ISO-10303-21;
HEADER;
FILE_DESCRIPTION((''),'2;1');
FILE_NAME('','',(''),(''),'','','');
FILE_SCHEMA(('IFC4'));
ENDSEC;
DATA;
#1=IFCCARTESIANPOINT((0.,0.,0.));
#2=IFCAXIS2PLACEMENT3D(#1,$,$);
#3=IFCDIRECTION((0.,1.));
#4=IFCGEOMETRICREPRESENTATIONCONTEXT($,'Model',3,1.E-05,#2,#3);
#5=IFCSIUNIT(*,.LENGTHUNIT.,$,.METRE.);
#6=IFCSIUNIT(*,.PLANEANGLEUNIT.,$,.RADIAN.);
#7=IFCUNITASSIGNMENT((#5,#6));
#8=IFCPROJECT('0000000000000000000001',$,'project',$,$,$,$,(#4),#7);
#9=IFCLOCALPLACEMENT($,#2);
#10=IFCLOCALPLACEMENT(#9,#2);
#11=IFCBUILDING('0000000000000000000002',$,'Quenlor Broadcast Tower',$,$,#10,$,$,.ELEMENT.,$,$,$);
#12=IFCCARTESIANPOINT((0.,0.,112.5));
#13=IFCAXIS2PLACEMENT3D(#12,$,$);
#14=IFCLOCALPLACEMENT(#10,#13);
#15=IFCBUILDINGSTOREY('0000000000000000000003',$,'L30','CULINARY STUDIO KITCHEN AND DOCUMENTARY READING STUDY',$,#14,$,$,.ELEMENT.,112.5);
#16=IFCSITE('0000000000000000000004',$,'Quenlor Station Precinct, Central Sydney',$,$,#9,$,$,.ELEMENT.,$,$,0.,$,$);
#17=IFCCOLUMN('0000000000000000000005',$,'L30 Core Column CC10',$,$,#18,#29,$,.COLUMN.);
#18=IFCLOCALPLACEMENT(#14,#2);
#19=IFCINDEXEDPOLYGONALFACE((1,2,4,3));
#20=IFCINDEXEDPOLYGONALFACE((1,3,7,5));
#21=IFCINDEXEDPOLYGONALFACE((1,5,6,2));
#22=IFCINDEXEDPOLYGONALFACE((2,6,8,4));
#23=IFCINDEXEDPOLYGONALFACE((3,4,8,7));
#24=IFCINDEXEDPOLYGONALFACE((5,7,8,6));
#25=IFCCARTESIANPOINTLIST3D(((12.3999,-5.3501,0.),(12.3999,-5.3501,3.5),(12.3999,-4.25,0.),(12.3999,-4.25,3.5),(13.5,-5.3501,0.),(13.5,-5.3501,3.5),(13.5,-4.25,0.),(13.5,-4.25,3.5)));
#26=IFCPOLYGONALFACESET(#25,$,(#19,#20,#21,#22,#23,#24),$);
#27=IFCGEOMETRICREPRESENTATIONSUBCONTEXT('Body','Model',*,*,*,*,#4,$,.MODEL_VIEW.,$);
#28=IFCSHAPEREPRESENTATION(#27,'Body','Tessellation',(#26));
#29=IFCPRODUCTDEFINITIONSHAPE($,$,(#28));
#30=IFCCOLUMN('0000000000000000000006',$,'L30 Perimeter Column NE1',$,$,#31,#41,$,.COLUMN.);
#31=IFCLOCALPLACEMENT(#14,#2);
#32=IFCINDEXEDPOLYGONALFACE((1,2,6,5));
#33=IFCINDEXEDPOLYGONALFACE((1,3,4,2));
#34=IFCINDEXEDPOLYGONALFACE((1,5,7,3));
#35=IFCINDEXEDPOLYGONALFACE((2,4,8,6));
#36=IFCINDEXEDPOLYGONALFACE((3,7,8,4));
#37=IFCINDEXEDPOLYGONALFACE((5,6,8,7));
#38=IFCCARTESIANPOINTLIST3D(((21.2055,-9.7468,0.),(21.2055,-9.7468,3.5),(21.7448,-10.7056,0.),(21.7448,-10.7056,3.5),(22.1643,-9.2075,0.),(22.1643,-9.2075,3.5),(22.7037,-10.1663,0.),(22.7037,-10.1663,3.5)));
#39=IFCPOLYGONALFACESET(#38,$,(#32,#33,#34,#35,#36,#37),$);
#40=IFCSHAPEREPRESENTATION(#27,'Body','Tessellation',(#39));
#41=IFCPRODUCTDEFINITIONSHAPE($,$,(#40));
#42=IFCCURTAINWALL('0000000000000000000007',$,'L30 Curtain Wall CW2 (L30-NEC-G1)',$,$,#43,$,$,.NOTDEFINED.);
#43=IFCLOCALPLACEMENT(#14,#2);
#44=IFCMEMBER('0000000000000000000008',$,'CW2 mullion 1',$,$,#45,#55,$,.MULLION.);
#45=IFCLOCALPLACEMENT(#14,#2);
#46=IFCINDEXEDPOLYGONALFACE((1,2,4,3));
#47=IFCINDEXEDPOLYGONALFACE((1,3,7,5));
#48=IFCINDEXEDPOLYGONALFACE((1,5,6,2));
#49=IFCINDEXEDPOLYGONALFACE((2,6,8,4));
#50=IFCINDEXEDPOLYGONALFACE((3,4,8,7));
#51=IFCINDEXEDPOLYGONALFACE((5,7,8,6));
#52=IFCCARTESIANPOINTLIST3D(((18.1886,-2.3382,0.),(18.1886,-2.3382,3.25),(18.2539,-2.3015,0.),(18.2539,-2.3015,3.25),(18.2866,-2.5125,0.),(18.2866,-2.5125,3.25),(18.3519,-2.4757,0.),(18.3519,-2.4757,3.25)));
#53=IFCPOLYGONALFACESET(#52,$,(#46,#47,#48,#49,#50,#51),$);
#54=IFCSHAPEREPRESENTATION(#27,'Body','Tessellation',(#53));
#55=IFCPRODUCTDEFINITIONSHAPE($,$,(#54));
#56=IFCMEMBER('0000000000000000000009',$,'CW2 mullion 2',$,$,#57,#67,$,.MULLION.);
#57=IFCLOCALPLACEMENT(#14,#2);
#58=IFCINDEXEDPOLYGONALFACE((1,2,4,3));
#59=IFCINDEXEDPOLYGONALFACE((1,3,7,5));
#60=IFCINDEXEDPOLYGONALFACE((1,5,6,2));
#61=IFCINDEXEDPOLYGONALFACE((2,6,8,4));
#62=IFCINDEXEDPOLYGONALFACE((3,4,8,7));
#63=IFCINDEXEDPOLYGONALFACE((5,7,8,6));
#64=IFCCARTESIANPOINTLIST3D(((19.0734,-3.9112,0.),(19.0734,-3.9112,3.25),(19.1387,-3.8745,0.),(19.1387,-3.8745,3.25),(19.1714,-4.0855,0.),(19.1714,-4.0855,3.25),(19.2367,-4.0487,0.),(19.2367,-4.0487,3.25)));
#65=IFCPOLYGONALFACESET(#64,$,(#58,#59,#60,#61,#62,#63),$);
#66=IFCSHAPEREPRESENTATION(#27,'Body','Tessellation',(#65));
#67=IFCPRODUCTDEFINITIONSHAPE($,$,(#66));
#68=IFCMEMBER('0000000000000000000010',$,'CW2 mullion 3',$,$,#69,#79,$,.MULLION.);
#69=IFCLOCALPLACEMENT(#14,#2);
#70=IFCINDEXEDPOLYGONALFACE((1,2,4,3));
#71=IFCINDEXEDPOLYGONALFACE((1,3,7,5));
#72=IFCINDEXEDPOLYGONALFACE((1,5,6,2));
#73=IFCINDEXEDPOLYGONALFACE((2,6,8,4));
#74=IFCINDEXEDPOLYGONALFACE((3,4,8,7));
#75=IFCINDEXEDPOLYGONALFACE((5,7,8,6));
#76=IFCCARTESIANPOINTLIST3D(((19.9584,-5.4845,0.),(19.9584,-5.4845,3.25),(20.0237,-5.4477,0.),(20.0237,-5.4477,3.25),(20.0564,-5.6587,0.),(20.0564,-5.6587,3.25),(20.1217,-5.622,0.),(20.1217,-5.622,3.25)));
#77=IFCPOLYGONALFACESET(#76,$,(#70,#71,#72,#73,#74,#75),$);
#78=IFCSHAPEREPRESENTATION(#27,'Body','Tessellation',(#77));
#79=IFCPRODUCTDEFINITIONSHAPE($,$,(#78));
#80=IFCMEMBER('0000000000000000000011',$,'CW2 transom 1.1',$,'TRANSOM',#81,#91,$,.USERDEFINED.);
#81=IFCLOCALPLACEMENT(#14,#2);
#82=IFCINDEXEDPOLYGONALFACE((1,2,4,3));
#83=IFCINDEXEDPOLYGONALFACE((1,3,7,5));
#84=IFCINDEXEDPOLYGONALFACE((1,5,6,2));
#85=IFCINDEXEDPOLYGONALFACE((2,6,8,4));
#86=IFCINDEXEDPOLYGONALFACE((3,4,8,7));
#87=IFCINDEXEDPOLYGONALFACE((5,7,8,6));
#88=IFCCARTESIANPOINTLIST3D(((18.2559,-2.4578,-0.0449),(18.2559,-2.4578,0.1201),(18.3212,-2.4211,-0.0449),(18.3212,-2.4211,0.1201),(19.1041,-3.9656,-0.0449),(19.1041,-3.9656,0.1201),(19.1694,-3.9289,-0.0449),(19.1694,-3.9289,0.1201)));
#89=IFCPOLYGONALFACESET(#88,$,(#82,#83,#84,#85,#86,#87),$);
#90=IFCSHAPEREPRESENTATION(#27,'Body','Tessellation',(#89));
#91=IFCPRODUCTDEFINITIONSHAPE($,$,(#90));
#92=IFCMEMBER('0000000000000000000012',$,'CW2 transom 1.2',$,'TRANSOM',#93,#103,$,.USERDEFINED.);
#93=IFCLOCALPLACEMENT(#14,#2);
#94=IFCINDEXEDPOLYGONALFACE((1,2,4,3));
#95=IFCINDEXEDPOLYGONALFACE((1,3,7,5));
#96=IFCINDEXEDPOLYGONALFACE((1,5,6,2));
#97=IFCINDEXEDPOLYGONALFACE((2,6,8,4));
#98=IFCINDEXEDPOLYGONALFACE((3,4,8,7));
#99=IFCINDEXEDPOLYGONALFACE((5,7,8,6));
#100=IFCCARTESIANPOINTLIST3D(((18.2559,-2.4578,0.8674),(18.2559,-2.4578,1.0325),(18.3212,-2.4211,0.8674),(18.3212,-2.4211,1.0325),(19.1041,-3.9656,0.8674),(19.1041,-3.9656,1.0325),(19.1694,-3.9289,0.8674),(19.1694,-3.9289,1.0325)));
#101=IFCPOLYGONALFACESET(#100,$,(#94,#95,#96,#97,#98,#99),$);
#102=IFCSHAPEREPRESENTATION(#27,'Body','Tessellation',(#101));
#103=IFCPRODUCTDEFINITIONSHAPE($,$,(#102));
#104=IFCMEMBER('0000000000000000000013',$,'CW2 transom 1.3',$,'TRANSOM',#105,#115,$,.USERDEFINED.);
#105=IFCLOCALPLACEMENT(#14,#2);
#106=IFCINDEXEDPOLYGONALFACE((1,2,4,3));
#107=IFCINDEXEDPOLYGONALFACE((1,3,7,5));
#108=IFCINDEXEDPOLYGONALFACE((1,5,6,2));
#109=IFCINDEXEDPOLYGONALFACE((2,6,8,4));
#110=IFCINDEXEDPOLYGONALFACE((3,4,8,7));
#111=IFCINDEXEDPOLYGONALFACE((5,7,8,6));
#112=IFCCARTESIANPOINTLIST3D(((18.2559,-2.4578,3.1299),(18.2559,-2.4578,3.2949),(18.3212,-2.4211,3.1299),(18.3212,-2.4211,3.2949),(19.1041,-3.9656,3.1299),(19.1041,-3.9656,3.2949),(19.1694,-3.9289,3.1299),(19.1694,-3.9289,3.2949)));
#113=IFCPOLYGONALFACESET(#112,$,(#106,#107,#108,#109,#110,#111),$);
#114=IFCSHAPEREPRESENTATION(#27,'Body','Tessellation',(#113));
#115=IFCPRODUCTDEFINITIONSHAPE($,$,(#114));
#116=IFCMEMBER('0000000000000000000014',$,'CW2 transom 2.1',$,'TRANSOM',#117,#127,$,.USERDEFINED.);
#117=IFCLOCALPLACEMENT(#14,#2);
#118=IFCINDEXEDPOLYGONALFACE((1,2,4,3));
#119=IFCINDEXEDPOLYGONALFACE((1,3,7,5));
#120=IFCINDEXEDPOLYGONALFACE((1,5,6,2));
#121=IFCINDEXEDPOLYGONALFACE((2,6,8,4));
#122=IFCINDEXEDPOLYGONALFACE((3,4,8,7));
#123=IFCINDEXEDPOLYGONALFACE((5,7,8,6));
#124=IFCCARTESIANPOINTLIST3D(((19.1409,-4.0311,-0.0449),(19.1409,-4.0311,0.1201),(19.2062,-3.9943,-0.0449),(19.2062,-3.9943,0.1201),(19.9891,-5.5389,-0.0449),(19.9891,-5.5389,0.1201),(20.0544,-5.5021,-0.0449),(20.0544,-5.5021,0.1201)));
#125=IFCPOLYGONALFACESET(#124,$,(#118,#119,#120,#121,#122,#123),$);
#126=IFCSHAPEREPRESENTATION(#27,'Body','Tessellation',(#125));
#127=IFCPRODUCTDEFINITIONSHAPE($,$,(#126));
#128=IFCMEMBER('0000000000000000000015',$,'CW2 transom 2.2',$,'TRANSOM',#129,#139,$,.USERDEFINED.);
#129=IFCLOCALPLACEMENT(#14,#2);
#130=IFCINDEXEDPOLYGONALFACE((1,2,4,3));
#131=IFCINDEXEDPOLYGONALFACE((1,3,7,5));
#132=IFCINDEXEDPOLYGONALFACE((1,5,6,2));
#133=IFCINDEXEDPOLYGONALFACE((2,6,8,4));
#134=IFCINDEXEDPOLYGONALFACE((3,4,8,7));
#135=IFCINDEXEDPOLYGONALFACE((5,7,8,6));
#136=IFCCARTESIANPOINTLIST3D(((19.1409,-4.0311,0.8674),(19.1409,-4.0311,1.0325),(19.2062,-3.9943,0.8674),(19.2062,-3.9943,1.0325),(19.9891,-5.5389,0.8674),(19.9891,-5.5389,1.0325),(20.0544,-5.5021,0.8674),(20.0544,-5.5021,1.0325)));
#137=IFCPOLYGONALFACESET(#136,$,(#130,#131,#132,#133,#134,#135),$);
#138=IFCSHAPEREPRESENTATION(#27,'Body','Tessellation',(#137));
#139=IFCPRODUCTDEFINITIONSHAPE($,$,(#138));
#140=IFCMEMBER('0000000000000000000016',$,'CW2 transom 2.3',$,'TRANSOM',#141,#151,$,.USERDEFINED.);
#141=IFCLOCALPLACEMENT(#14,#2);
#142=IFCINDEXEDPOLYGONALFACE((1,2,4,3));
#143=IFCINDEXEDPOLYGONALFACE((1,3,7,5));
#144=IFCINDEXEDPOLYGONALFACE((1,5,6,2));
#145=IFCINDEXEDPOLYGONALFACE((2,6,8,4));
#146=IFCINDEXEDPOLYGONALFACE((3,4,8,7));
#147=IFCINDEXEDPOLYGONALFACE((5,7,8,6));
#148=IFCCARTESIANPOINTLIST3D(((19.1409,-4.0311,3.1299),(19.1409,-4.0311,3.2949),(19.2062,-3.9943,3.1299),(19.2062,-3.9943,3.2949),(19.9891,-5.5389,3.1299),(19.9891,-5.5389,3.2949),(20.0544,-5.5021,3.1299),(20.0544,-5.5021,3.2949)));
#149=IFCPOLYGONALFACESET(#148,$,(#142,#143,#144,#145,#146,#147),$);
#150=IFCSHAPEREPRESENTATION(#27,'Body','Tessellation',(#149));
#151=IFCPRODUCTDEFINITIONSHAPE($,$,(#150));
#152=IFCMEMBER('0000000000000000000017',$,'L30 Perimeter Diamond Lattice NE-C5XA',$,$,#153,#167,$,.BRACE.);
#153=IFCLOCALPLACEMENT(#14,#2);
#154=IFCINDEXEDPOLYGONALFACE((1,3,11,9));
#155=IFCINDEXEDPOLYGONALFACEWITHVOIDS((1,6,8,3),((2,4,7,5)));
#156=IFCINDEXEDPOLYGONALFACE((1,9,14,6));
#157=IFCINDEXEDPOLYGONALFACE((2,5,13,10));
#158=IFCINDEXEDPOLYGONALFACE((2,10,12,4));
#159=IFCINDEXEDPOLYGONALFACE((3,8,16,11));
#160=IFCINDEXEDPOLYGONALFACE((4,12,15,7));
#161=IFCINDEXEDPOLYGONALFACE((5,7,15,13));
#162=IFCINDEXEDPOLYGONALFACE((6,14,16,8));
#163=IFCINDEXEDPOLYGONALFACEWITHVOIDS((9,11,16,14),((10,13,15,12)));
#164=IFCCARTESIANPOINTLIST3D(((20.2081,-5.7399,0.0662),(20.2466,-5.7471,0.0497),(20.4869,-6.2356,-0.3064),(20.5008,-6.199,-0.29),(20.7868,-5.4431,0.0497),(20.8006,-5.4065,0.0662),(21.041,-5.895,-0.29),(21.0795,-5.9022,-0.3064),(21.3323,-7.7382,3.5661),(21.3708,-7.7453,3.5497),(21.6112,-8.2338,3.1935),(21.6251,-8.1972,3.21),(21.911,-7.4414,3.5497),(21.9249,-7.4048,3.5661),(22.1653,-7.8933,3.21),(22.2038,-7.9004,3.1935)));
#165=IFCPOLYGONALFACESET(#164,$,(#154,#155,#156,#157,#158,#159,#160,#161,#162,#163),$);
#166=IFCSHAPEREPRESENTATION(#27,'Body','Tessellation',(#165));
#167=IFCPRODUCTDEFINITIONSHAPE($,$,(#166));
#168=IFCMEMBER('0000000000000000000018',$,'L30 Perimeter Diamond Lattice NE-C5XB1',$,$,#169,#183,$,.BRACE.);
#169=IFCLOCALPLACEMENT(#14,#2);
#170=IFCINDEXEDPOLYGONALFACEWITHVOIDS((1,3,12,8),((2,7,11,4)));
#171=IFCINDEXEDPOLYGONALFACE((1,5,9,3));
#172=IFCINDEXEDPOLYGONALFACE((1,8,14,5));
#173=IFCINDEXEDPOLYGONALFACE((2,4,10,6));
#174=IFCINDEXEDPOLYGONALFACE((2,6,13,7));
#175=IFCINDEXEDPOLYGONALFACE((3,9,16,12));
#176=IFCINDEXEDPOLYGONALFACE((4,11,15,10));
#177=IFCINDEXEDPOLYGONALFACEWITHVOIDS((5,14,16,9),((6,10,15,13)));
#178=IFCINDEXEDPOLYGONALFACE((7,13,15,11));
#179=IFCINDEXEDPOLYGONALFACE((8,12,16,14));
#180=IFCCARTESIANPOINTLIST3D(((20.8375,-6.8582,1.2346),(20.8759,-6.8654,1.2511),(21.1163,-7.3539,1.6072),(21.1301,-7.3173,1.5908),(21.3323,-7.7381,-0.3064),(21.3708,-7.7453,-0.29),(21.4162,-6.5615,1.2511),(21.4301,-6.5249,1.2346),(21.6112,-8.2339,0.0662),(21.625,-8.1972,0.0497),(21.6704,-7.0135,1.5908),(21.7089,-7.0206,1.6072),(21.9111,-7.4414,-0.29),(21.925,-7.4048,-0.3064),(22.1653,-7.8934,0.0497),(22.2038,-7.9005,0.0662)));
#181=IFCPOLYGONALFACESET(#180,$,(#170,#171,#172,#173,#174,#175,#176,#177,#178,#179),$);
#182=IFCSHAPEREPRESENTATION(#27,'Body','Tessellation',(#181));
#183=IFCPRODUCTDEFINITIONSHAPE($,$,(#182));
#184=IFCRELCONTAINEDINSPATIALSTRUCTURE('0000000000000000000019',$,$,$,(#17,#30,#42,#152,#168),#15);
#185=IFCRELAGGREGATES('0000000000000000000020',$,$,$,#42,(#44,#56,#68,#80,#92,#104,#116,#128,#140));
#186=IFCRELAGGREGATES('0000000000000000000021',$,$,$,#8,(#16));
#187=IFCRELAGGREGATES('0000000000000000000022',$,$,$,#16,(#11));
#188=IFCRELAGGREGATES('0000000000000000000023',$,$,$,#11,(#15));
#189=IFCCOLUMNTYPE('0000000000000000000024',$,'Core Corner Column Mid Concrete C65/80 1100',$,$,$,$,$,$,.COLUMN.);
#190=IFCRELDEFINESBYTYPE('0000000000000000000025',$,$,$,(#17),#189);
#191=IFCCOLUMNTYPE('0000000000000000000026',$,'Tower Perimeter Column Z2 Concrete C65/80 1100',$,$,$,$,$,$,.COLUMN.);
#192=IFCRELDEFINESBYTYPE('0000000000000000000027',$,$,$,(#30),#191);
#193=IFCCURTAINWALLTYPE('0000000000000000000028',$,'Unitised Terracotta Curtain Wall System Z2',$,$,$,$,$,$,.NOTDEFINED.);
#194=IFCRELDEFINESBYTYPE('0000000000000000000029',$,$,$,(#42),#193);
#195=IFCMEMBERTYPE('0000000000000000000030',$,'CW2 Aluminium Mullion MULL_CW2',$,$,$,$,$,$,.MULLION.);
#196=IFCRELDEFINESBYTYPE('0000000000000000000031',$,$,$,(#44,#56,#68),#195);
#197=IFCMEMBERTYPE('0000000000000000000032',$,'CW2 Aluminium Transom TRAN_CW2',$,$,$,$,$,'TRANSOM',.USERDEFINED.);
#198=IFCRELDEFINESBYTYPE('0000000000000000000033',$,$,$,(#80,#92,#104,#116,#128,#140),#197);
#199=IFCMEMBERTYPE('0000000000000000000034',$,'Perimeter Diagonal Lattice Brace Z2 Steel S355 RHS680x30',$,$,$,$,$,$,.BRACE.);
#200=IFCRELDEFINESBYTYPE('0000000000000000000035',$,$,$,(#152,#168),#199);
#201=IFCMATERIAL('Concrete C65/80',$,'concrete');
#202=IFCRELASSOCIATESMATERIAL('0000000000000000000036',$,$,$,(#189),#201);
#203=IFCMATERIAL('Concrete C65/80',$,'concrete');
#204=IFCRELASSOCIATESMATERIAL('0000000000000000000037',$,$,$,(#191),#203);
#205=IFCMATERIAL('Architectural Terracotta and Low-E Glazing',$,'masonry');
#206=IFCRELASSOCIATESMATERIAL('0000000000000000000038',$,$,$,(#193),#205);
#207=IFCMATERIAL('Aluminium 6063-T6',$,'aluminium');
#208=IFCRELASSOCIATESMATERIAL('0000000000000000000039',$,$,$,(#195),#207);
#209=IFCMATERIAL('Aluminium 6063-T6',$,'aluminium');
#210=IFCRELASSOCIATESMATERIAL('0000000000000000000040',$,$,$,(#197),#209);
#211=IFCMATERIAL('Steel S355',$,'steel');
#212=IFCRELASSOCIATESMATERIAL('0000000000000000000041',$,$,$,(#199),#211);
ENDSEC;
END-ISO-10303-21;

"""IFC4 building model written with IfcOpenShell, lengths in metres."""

from ifc_helpers import new_model, si_unit, direction, frame, origin, origin_2d, place, context, subcontext, project, spatial, rectangle, hollow_rectangle, extrude, material, material_profile, profile_set, type_object, element, aggregate, save


model = new_model("IFC4")

# Units and contexts
model_context = context("Model", 3, precision=1e-05, world=origin(), true_north=direction((0.0, 1.0)))
body_context = subcontext(model_context, "Body", "Model", "MODEL_VIEW")
ifc_project = project(units=[si_unit("LENGTHUNIT", "METRE"), si_unit("PLANEANGLEUNIT", "RADIAN")], contexts=[model_context])

# Site, building, storey
site_placement = place(None, origin())
site = spatial("IfcSite", under=ifc_project, at=site_placement, Name="Quenlor Station Precinct, Central Sydney", CompositionType="ELEMENT", RefElevation=0.0)
building_placement = place(site_placement, origin())
building = spatial("IfcBuilding", under=site, at=building_placement, Name="Quenlor Broadcast Tower", CompositionType="ELEMENT")
storey_placement = place(building_placement, frame((0.0, 0.0, 112.5)))
storey = spatial("IfcBuildingStorey", under=building, at=storey_placement, Name="L30", Description="CULINARY STUDIO KITCHEN AND DOCUMENTARY READING STUDY", CompositionType="ELEMENT", Elevation=112.5)

# Columns
ifc_material_1 = material(Name="Concrete C65/80", Category="concrete")
ifc_material_profile_1 = material_profile(ifc_material_1, rectangle(XDim=1.1001, YDim=1.1001, at=origin_2d()))
ifc_profile_set_1 = profile_set([ifc_material_profile_1], Name="Concrete C65/80 RC1100x1100")
column_type_1 = type_object("IfcColumnType", Name="Core Corner Column Mid Concrete C65/80 1100", PredefinedType="COLUMN", material=ifc_profile_set_1)
column_1_placement = place(storey_placement, frame((12.95, -4.8, 0.0), z_axis=(0.0, 0.0, 1.0), x_axis=(1.0, 0.0, 0.0)))
element("IfcColumn", 1, at=column_1_placement, inside=storey, type_object=column_type_1, Name="L30 Core Column CC10", PredefinedType="COLUMN", context=body_context, shape_type="SweptSolid", body=[
    extrude(rectangle(XDim=1.1001, YDim=1.1001, at=origin_2d()), origin(), (0.0, 0.0, 1.0), 3.5),
])
ifc_material_2 = material(Name="Concrete C65/80", Category="concrete")
ifc_material_profile_2 = material_profile(ifc_material_2, rectangle(XDim=1.1001, YDim=1.1001, at=origin_2d()))
ifc_profile_set_2 = profile_set([ifc_material_profile_2], Name="Concrete C65/80 RC1100x1100")
column_type_2 = type_object("IfcColumnType", Name="Tower Perimeter Column Z2 Concrete C65/80 1100", PredefinedType="COLUMN", material=ifc_profile_set_2)
column_2_placement = place(storey_placement, frame((21.9546, -9.9565, 0.0), z_axis=(0.0, 0.0, 1.0), x_axis=(0.871575, 0.490262, 0.0)))
element("IfcColumn", 2, at=column_2_placement, inside=storey, type_object=column_type_2, Name="L30 Perimeter Column NE1", PredefinedType="COLUMN", context=body_context, shape_type="SweptSolid", body=[
    extrude(rectangle(XDim=1.1001, YDim=1.1001, at=origin_2d()), origin(), (0.0, 0.0, 1.0), 3.5),
])

# Curtain wall, members
ifc_material_3 = material(Name="Architectural Terracotta and Low-E Glazing", Category="masonry")
curtain_wall_type = type_object("IfcCurtainWallType", Name="Unitised Terracotta Curtain Wall System Z2", PredefinedType="NOTDEFINED", material=ifc_material_3)
curtain_wall_placement = place(storey_placement, origin())
curtain_wall = element("IfcCurtainWall", 3, at=curtain_wall_placement, inside=storey, type_object=curtain_wall_type, Name="L30 Curtain Wall CW2 (L30-NEC-G1)", PredefinedType="NOTDEFINED")
ifc_material_4 = material(Name="Aluminium 6063-T6", Category="aluminium")
ifc_material_profile_3 = material_profile(ifc_material_4, rectangle(XDim=0.075, YDim=0.2, at=origin_2d()))
ifc_profile_set_3 = profile_set([ifc_material_profile_3], Name="Aluminium 6063-T6 MULL75x200")
member_type_1 = type_object("IfcMemberType", Name="CW2 Aluminium Mullion MULL_CW2", PredefinedType="MULLION", material=ifc_profile_set_3)
member_1_placement = place(storey_placement, frame((18.2703, -2.407, 0.0), z_axis=(0.0, 0.0, 1.0), x_axis=(0.871567, 0.490277, 0.0)))
member_1 = element("IfcMember", 4, at=member_1_placement, type_object=member_type_1, Name="CW2 mullion 1", PredefinedType="MULLION", context=body_context, shape_type="SweptSolid", body=[
    extrude(rectangle(XDim=0.075, YDim=0.2, at=origin_2d()), origin(), (0.0, 0.0, 1.0), 3.25),
])
member_2_placement = place(storey_placement, frame((19.155, -3.98, 0.0), z_axis=(0.0, 0.0, 1.0), x_axis=(0.871567, 0.490277, 0.0)))
member_2 = element("IfcMember", 5, at=member_2_placement, type_object=member_type_1, Name="CW2 mullion 2", PredefinedType="MULLION", context=body_context, shape_type="SweptSolid", body=[
    extrude(rectangle(XDim=0.075, YDim=0.2, at=origin_2d()), origin(), (0.0, 0.0, 1.0), 3.25),
])
member_3_placement = place(storey_placement, frame((20.04, -5.5532, 0.0), z_axis=(0.0, 0.0, 1.0), x_axis=(0.871567, 0.490277, 0.0)))
member_3 = element("IfcMember", 6, at=member_3_placement, type_object=member_type_1, Name="CW2 mullion 3", PredefinedType="MULLION", context=body_context, shape_type="SweptSolid", body=[
    extrude(rectangle(XDim=0.075, YDim=0.2, at=origin_2d()), origin(), (0.0, 0.0, 1.0), 3.25),
])
ifc_material_5 = material(Name="Aluminium 6063-T6", Category="aluminium")
ifc_material_profile_4 = material_profile(ifc_material_5, rectangle(XDim=0.075, YDim=0.165, at=origin_2d()))
ifc_profile_set_4 = profile_set([ifc_material_profile_4], Name="Aluminium 6063-T6 TRAN75x165")
member_type_2 = type_object("IfcMemberType", Name="CW2 Aluminium Transom TRAN_CW2", ElementType="TRANSOM", PredefinedType="USERDEFINED", material=ifc_profile_set_4)
member_4_placement = place(storey_placement, frame((18.2886, -2.4395, 0.0376), z_axis=(0.490261, -0.871576, 0.0), x_axis=(0.871576, 0.490261, 0.0)))
member_4 = element("IfcMember", 7, at=member_4_placement, type_object=member_type_2, Name="CW2 transom 1.1", ObjectType="TRANSOM", PredefinedType="USERDEFINED", context=body_context, shape_type="SweptSolid", body=[
    extrude(rectangle(XDim=0.075, YDim=0.165, at=origin_2d()), origin(), (0.0, 0.0, 1.0), 1.73),
])
member_5_placement = place(storey_placement, frame((18.2886, -2.4395, 0.95), z_axis=(0.490261, -0.871576, 0.0), x_axis=(0.871576, 0.490261, 0.0)))
member_5 = element("IfcMember", 8, at=member_5_placement, type_object=member_type_2, Name="CW2 transom 1.2", ObjectType="TRANSOM", PredefinedType="USERDEFINED", context=body_context, shape_type="SweptSolid", body=[
    extrude(rectangle(XDim=0.075, YDim=0.165, at=origin_2d()), origin(), (0.0, 0.0, 1.0), 1.73),
])
member_6_placement = place(storey_placement, frame((18.2886, -2.4395, 3.2124), z_axis=(0.490261, -0.871576, 0.0), x_axis=(0.871576, 0.490261, 0.0)))
member_6 = element("IfcMember", 9, at=member_6_placement, type_object=member_type_2, Name="CW2 transom 1.3", ObjectType="TRANSOM", PredefinedType="USERDEFINED", context=body_context, shape_type="SweptSolid", body=[
    extrude(rectangle(XDim=0.075, YDim=0.165, at=origin_2d()), origin(), (0.0, 0.0, 1.0), 1.73),
])
member_7_placement = place(storey_placement, frame((19.1736, -4.0127, 0.0376), z_axis=(0.490261, -0.871576, 0.0), x_axis=(0.871576, 0.490261, 0.0)))
member_7 = element("IfcMember", 10, at=member_7_placement, type_object=member_type_2, Name="CW2 transom 2.1", ObjectType="TRANSOM", PredefinedType="USERDEFINED", context=body_context, shape_type="SweptSolid", body=[
    extrude(rectangle(XDim=0.075, YDim=0.165, at=origin_2d()), origin(), (0.0, 0.0, 1.0), 1.73),
])
member_8_placement = place(storey_placement, frame((19.1736, -4.0127, 0.95), z_axis=(0.490261, -0.871576, 0.0), x_axis=(0.871576, 0.490261, 0.0)))
member_8 = element("IfcMember", 11, at=member_8_placement, type_object=member_type_2, Name="CW2 transom 2.2", ObjectType="TRANSOM", PredefinedType="USERDEFINED", context=body_context, shape_type="SweptSolid", body=[
    extrude(rectangle(XDim=0.075, YDim=0.165, at=origin_2d()), origin(), (0.0, 0.0, 1.0), 1.73),
])
member_9_placement = place(storey_placement, frame((19.1736, -4.0127, 3.2124), z_axis=(0.490261, -0.871576, 0.0), x_axis=(0.871576, 0.490261, 0.0)))
member_9 = element("IfcMember", 12, at=member_9_placement, type_object=member_type_2, Name="CW2 transom 2.3", ObjectType="TRANSOM", PredefinedType="USERDEFINED", context=body_context, shape_type="SweptSolid", body=[
    extrude(rectangle(XDim=0.075, YDim=0.165, at=origin_2d()), origin(), (0.0, 0.0, 1.0), 1.73),
])

# Members
ifc_material_6 = material(Name="Steel S355", Category="steel")
ifc_material_profile_5 = material_profile(ifc_material_6, hollow_rectangle(XDim=0.6799, YDim=0.6799, WallThickness=0.03, at=origin_2d()))
ifc_profile_set_5 = profile_set([ifc_material_profile_5], Name="Steel S355 RHS680x680x30")
member_type_3 = type_object("IfcMemberType", Name="Perimeter Diagonal Lattice Brace Z2 Steel S355 RHS680x30", PredefinedType="BRACE", material=ifc_profile_set_5)
member_10_placement = place(storey_placement, frame((20.6438, -5.821, -0.1201), z_axis=(0.268697, -0.477585, 0.836489), x_axis=(0.871533, 0.490337, 0.0)))
element("IfcMember", 13, at=member_10_placement, inside=storey, type_object=member_type_3, Name="L30 Perimeter Diamond Lattice NE-C5XA", PredefinedType="BRACE", context=body_context, shape_type="SweptSolid", body=[
    extrude(hollow_rectangle(XDim=0.6799, YDim=0.6799, WallThickness=0.03, at=origin_2d()), origin(), (0.0, 0.0, 1.0), 4.1841),
])
member_11_placement = place(storey_placement, frame((21.7681, -7.8193, -0.1201), z_axis=(-0.268627, 0.477618, 0.836493), x_axis=(-0.871601, -0.490215, 0.0)))
element("IfcMember", 14, at=member_11_placement, inside=storey, type_object=member_type_3, Name="L30 Perimeter Diamond Lattice NE-C5XB1", PredefinedType="BRACE", context=body_context, shape_type="SweptSolid", body=[
    extrude(hollow_rectangle(XDim=0.6799, YDim=0.6799, WallThickness=0.03, at=origin_2d()), origin(), (0.0, 0.0, 1.0), 1.8423),
])

aggregate(curtain_wall, [member_1, member_2, member_3, member_4, member_5, member_6, member_7, member_8, member_9])

save(model, "model.ifc")
